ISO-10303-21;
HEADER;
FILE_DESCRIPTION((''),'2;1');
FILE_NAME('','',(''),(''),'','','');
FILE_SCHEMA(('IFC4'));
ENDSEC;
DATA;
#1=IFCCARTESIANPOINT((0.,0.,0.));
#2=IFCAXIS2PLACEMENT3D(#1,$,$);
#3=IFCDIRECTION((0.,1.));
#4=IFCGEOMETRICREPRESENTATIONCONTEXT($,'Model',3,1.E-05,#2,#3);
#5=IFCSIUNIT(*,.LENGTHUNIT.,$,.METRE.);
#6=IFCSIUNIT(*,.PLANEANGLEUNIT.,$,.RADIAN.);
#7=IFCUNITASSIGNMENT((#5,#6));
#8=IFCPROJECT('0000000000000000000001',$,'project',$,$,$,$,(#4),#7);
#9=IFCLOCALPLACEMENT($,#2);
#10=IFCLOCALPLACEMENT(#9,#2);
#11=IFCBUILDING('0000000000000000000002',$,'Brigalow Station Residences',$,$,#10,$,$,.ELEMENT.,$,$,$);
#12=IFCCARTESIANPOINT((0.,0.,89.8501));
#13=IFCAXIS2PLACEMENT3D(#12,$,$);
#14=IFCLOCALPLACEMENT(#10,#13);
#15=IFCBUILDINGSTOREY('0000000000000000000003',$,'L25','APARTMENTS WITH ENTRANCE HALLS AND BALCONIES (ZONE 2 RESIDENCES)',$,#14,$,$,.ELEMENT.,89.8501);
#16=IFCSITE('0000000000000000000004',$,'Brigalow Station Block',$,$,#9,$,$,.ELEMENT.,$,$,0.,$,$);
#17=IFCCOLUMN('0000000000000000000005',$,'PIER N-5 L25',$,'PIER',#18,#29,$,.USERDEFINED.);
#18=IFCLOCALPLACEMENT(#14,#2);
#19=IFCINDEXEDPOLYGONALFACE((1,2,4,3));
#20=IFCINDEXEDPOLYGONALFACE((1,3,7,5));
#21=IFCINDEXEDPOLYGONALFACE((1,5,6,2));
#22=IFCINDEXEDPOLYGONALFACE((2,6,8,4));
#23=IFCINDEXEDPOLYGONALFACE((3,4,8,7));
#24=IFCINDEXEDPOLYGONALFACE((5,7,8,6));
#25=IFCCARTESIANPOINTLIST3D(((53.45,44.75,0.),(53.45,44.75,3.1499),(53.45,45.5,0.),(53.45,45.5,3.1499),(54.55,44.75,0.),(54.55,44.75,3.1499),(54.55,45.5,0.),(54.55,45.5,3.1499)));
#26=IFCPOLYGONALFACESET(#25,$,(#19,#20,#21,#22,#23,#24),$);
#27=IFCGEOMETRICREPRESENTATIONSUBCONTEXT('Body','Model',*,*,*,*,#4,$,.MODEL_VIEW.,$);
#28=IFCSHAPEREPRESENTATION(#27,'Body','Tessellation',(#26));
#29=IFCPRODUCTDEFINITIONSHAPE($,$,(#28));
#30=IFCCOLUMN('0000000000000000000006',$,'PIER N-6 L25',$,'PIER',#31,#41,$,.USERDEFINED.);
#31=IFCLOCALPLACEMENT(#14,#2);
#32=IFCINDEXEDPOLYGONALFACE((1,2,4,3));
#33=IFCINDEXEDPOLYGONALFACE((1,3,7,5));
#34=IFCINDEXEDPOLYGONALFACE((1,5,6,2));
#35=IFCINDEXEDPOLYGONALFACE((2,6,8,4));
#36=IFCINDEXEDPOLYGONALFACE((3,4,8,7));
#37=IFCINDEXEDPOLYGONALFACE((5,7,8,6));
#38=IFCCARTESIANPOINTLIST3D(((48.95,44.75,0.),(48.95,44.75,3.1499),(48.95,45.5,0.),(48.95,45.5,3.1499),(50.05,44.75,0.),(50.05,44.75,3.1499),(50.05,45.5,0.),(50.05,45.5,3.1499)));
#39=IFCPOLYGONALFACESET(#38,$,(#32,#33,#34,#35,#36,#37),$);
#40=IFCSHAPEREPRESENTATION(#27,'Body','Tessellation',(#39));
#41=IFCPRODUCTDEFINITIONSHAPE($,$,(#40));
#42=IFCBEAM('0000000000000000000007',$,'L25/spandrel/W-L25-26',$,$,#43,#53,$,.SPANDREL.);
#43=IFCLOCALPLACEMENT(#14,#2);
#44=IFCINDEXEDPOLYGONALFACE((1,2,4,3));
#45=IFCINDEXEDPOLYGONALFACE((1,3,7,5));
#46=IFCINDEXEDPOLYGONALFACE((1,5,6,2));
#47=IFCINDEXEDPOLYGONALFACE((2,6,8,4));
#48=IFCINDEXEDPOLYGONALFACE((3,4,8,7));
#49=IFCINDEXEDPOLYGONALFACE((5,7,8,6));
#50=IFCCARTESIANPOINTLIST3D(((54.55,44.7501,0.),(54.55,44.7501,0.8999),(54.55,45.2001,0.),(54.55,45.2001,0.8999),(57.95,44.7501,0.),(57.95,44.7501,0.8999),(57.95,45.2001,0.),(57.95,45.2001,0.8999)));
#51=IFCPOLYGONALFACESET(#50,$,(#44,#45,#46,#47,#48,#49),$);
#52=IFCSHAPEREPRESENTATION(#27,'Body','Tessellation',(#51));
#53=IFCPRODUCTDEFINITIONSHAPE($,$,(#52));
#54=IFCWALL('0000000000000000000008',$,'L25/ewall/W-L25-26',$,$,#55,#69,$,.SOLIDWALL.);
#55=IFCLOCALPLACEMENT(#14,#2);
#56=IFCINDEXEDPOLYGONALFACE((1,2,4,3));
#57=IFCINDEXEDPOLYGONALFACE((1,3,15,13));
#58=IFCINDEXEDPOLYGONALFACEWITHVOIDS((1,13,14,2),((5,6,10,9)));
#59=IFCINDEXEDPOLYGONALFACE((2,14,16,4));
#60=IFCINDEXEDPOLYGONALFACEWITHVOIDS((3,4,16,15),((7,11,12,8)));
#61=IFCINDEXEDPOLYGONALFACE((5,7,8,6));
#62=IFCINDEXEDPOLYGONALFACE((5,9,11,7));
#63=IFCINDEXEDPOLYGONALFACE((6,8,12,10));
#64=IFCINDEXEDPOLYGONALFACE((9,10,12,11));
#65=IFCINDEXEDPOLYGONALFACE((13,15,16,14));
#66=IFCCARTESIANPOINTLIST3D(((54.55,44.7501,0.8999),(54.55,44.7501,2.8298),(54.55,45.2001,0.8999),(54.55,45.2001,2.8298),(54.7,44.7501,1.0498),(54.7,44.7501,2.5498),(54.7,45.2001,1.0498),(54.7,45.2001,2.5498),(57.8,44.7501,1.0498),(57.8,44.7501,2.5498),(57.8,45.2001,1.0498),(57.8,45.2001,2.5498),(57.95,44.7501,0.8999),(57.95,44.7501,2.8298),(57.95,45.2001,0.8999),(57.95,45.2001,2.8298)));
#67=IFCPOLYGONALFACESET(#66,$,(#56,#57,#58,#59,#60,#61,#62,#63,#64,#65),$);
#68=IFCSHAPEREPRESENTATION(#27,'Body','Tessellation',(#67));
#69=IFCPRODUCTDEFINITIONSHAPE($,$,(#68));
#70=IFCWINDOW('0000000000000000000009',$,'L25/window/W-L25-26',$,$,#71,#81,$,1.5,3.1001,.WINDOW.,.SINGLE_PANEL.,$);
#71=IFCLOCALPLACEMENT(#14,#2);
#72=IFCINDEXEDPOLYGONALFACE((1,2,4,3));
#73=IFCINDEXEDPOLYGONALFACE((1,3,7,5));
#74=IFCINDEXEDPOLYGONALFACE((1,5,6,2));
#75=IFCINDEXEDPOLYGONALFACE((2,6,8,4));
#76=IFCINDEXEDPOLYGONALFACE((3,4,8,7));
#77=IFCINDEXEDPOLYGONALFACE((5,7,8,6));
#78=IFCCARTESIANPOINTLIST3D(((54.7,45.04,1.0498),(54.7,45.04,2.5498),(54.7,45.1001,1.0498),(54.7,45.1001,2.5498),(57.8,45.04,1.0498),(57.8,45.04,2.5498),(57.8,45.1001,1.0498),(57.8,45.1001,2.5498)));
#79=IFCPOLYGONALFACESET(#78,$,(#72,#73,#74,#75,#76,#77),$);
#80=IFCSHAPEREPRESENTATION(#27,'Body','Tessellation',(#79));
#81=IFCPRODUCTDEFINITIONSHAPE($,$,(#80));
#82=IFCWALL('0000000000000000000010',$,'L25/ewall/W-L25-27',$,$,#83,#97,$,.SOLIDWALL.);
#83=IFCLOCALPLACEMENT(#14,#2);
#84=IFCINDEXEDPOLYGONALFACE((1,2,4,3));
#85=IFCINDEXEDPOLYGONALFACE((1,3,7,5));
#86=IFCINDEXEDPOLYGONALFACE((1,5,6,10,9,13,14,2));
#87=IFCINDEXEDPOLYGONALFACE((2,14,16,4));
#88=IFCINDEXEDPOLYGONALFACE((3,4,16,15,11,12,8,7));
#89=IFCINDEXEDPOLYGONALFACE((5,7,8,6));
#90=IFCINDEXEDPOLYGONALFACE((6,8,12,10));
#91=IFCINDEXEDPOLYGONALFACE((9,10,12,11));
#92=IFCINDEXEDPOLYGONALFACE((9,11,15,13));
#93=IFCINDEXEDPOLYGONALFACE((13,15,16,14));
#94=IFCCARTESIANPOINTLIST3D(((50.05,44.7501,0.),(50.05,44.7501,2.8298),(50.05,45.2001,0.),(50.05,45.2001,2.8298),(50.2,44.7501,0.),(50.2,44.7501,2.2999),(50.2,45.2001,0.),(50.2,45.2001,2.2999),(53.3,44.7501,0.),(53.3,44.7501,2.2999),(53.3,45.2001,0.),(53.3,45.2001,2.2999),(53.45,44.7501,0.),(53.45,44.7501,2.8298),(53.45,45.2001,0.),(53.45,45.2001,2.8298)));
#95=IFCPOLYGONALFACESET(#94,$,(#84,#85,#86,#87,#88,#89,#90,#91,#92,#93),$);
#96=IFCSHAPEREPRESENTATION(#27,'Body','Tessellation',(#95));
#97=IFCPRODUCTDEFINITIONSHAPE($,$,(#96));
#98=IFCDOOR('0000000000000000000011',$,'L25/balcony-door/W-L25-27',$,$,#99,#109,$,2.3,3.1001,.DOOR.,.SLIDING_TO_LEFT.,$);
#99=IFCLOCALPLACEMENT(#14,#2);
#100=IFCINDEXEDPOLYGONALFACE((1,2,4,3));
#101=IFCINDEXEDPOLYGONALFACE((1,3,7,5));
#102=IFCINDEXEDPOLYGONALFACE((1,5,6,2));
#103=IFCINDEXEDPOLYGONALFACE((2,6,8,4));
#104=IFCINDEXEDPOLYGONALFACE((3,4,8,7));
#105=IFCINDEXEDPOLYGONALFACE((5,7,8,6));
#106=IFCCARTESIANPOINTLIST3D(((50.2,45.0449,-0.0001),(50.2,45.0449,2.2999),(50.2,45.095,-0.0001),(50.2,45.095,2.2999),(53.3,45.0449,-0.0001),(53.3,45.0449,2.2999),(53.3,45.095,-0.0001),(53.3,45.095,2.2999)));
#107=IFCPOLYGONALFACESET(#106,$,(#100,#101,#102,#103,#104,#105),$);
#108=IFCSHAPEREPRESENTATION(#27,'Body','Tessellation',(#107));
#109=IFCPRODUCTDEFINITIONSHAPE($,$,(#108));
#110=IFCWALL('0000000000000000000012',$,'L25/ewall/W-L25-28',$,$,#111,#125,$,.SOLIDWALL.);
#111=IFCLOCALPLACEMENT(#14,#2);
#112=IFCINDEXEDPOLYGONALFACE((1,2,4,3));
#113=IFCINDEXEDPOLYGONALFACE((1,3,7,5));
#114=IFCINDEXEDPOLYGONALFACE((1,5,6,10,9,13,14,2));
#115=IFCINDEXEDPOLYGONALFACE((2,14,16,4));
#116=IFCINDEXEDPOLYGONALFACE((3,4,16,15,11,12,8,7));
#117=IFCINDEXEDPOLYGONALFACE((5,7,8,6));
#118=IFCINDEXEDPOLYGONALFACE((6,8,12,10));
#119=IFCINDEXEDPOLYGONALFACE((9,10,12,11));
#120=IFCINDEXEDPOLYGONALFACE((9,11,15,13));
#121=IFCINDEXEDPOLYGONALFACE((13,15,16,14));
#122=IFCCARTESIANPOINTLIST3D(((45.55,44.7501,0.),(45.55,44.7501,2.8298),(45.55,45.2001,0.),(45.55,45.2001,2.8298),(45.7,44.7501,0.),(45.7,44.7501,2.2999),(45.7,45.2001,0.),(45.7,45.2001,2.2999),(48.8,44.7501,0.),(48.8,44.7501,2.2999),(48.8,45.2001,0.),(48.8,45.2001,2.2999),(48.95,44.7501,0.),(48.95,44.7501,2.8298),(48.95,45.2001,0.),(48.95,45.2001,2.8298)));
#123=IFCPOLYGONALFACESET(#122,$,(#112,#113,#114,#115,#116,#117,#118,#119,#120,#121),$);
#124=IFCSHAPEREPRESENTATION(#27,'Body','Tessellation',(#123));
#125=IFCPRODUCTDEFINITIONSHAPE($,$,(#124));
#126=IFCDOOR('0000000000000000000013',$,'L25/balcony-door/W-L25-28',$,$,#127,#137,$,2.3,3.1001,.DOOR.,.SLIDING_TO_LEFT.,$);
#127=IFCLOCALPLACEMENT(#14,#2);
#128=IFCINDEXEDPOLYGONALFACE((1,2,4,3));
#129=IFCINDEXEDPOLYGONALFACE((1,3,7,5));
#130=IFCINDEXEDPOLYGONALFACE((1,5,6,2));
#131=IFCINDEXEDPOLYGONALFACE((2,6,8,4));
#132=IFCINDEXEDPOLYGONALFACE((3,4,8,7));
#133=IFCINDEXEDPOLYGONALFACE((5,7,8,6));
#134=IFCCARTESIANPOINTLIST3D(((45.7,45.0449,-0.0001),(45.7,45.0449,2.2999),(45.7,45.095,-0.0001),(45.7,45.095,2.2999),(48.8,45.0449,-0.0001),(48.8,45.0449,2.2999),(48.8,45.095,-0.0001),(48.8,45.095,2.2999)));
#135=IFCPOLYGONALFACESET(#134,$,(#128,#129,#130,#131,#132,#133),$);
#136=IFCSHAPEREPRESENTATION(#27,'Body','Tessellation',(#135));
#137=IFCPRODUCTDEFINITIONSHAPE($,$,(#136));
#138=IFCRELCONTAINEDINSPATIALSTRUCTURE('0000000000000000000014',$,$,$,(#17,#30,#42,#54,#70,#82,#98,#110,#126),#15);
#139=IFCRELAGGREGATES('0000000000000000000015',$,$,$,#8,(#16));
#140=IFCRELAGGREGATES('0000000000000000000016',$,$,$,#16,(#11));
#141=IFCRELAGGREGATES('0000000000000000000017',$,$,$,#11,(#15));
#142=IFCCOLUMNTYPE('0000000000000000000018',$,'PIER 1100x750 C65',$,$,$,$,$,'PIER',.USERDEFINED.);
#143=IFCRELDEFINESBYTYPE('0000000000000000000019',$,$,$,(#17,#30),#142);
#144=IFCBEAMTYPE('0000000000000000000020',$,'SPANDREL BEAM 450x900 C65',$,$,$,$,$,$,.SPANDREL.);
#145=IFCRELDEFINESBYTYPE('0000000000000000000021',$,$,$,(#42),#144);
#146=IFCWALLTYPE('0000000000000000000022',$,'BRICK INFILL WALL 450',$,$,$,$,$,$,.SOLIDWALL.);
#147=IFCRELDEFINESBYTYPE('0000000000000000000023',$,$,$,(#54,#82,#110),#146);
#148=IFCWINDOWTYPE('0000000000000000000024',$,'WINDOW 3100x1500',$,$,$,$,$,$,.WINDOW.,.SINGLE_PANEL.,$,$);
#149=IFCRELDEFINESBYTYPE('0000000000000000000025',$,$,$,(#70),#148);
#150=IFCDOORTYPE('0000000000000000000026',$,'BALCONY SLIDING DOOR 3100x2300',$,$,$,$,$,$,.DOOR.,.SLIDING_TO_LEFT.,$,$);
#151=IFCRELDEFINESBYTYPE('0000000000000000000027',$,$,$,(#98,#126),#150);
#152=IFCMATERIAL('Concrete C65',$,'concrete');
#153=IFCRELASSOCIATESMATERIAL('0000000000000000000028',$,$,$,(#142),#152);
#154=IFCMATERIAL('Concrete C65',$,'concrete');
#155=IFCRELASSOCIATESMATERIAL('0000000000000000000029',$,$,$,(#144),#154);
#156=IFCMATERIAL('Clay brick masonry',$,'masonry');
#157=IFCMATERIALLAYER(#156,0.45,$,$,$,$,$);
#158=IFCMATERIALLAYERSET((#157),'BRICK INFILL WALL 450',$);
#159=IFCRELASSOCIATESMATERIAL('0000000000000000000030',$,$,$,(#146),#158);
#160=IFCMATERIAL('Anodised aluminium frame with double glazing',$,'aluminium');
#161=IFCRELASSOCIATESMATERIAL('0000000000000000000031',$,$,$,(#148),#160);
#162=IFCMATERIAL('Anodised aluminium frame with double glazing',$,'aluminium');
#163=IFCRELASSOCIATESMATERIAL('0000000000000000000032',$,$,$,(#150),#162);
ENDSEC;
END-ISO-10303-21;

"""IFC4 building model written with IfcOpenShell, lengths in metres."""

from ifc_helpers import new_model, si_unit, direction, frame, frame_2d, origin, origin_2d, place, context, subcontext, project, spatial, rectangle, extrude, material, layer, layer_set, material_profile, profile_set, type_object, element, fill, save


model = new_model("IFC4")

# Units and contexts
model_context = context("Model", 3, precision=1e-05, world=origin(), true_north=direction((0.0, 1.0)))
body_context = subcontext(model_context, "Body", "Model", "MODEL_VIEW")
ifc_project = project(units=[si_unit("LENGTHUNIT", "METRE"), si_unit("PLANEANGLEUNIT", "RADIAN")], contexts=[model_context])

# Site, building, storey
site_placement = place(None, origin())
site = spatial("IfcSite", under=ifc_project, at=site_placement, Name="Brigalow Station Block", CompositionType="ELEMENT", RefElevation=0.0)
building_placement = place(site_placement, origin())
building = spatial("IfcBuilding", under=site, at=building_placement, Name="Brigalow Station Residences", CompositionType="ELEMENT")
storey_placement = place(building_placement, frame((0.0, 0.0, 89.8501)))
storey = spatial("IfcBuildingStorey", under=building, at=storey_placement, Name="L25", Description="APARTMENTS WITH ENTRANCE HALLS AND BALCONIES (ZONE 2 RESIDENCES)", CompositionType="ELEMENT", Elevation=89.8501)

# Columns
ifc_material_1 = material(Name="Concrete C65", Category="concrete")
ifc_material_profile_1 = material_profile(ifc_material_1, rectangle(XDim=1.1001, YDim=0.75, at=origin_2d()), Name="RC1100x750")
ifc_profile_set_1 = profile_set([ifc_material_profile_1], Name="Concrete C65")
column_type = type_object("IfcColumnType", Name="PIER 1100x750 C65", ElementType="PIER", PredefinedType="USERDEFINED", material=ifc_profile_set_1)
for number, where, z_axis, x_axis, name in (
    (1, (54.0, 45.125, 0.0), (0.0, 0.0, 1.0), (-1.0, 0.0, 0.0), "PIER N-5 L25"),
    (2, (49.5, 45.125, 0.0), (0.0, 0.0, 1.0), (-1.0, 0.0, 0.0), "PIER N-6 L25"),
):
    element("IfcColumn", number, at=place(storey_placement, frame(where, z_axis=z_axis, x_axis=x_axis)), inside=storey, type_object=column_type, Name=name, ObjectType="PIER", PredefinedType="USERDEFINED", context=body_context, shape_type="SweptSolid", body=[
        extrude(rectangle(XDim=1.1001, YDim=0.75, at=origin_2d()), origin(), (0.0, 0.0, 1.0), 3.1499),
    ])

# Beam
ifc_material_2 = material(Name="Concrete C65", Category="concrete")
ifc_material_profile_2 = material_profile(ifc_material_2, rectangle(XDim=0.45, YDim=0.8999, at=origin_2d()), Name="RC450x900")
ifc_profile_set_2 = profile_set([ifc_material_profile_2], Name="Concrete C65")
beam_type = type_object("IfcBeamType", Name="SPANDREL BEAM 450x900 C65", PredefinedType="SPANDREL", material=ifc_profile_set_2)
beam_placement = place(storey_placement, frame((57.95, 44.9751, 0.45), z_axis=(-1.0, 0.0, 0.0), x_axis=(0.0, -1.0, 0.0)))
element("IfcBeam", 3, at=beam_placement, inside=storey, type_object=beam_type, Name="L25/spandrel/W-L25-26", PredefinedType="SPANDREL", context=body_context, shape_type="SweptSolid", body=[
    extrude(rectangle(XDim=0.45, YDim=0.8999, at=origin_2d()), origin(), (0.0, 0.0, 1.0), 3.3999),
])

# Wall, opening, window
ifc_material_3 = material(Name="Clay brick masonry", Category="masonry")
ifc_layer_1 = layer(ifc_material_3, 0.45)
ifc_layer_set_1 = layer_set([ifc_layer_1], Name="BRICK INFILL WALL 450")
wall_type_1 = type_object("IfcWallType", Name="BRICK INFILL WALL 450", PredefinedType="SOLIDWALL", material=ifc_layer_set_1)
wall_1_placement = place(storey_placement, frame((57.95, 44.9751, 0.8999), z_axis=(0.0, 0.0, 1.0), x_axis=(-1.0, 0.0, 0.0)))
wall_1 = element("IfcWall", 4, at=wall_1_placement, inside=storey, type_object=wall_type_1, Name="L25/ewall/W-L25-26", PredefinedType="SOLIDWALL", context=body_context, shape_type="SweptSolid", body=[
    extrude(rectangle(XDim=3.3999, YDim=0.45, at=frame_2d((1.7, 0.0))), origin(), (0.0, 0.0, 1.0), 1.9299),
])
opening_1_placement = place(wall_1_placement, frame((0.1499, 0.0, 0.1499)))
opening_1 = element("IfcOpeningElement", 5, at=opening_1_placement, cuts=wall_1, PredefinedType="OPENING", context=body_context, shape_type="SweptSolid", body=[
    extrude(rectangle(XDim=3.1001, YDim=1.5, at=frame_2d((1.55, 0.75))), frame((0.0, 0.2349, 0.0), z_axis=(0.0, -1.0, 0.0), x_axis=(1.0, 0.0, 0.0)), (0.0, 0.0, 1.0), 0.47),
])
ifc_material_4 = material(Name="Anodised aluminium frame with double glazing", Category="aluminium")
window_type = type_object("IfcWindowType", Name="WINDOW 3100x1500", PartitioningType="SINGLE_PANEL", PredefinedType="WINDOW", material=ifc_material_4)
window_placement = place(opening_1_placement, origin())
window = element("IfcWindow", 6, at=window_placement, inside=storey, type_object=window_type, Name="L25/window/W-L25-26", OverallHeight=1.5, OverallWidth=3.1001, PartitioningType="SINGLE_PANEL", PredefinedType="WINDOW", context=body_context, shape_type="SweptSolid", body=[
    extrude(rectangle(XDim=3.1001, YDim=1.5, at=frame_2d((1.55, 0.75))), frame((0.0, -0.0649, 0.0), z_axis=(0.0, -1.0, 0.0), x_axis=(1.0, 0.0, 0.0)), (0.0, 0.0, 1.0), 0.0601),
])
fill(opening_1, window)

# Walls, openings, doors
wall_2_placement = place(storey_placement, frame((53.45, 44.9751, 0.0), z_axis=(0.0, 0.0, 1.0), x_axis=(-1.0, 0.0, 0.0)))
wall_2 = element("IfcWall", 7, at=wall_2_placement, inside=storey, type_object=wall_type_1, Name="L25/ewall/W-L25-27", PredefinedType="SOLIDWALL", context=body_context, shape_type="SweptSolid", body=[
    extrude(rectangle(XDim=3.3999, YDim=0.45, at=frame_2d((1.7, 0.0))), origin(), (0.0, 0.0, 1.0), 2.8298),
])
opening_2_placement = place(wall_2_placement, frame((0.1499, 0.0, 0.0)))
opening_2 = element("IfcOpeningElement", 8, at=opening_2_placement, cuts=wall_2, PredefinedType="OPENING", context=body_context, shape_type="SweptSolid", body=[
    extrude(rectangle(XDim=3.1001, YDim=2.3, at=frame_2d((1.55, 1.1499))), frame((0.0, 0.2349, 0.0), z_axis=(0.0, -1.0, 0.0), x_axis=(1.0, 0.0, 0.0)), (0.0, 0.0, 1.0), 0.47),
])
ifc_material_5 = material(Name="Anodised aluminium frame with double glazing", Category="aluminium")
door_type_1 = type_object("IfcDoorType", Name="BALCONY SLIDING DOOR 3100x2300", OperationType="SLIDING_TO_LEFT", PredefinedType="DOOR", material=ifc_material_5)
door_1_placement = place(opening_2_placement, origin())
door_1 = element("IfcDoor", 9, at=door_1_placement, inside=storey, type_object=door_type_1, Name="L25/balcony-door/W-L25-27", OperationType="SLIDING_TO_LEFT", OverallHeight=2.3, OverallWidth=3.1001, PredefinedType="DOOR", context=body_context, shape_type="SweptSolid", body=[
    extrude(rectangle(XDim=3.1001, YDim=2.3, at=frame_2d((1.55, 1.1499))), frame((0.0, -0.0698, 0.0), z_axis=(0.0, -1.0, 0.0), x_axis=(1.0, 0.0, 0.0)), (0.0, 0.0, 1.0), 0.05),
])
fill(opening_2, door_1)
wall_3_placement = place(storey_placement, frame((48.95, 44.9751, 0.0), z_axis=(0.0, 0.0, 1.0), x_axis=(-1.0, 0.0, 0.0)))
wall_3 = element("IfcWall", 10, at=wall_3_placement, inside=storey, type_object=wall_type_1, Name="L25/ewall/W-L25-28", PredefinedType="SOLIDWALL", context=body_context, shape_type="SweptSolid", body=[
    extrude(rectangle(XDim=3.3999, YDim=0.45, at=frame_2d((1.7, 0.0))), origin(), (0.0, 0.0, 1.0), 2.8298),
])
opening_3_placement = place(wall_3_placement, frame((0.1499, 0.0, 0.0)))
opening_3 = element("IfcOpeningElement", 11, at=opening_3_placement, cuts=wall_3, PredefinedType="OPENING", context=body_context, shape_type="SweptSolid", body=[
    extrude(rectangle(XDim=3.1001, YDim=2.3, at=frame_2d((1.55, 1.1499))), frame((0.0, 0.2349, 0.0), z_axis=(0.0, -1.0, 0.0), x_axis=(1.0, 0.0, 0.0)), (0.0, 0.0, 1.0), 0.47),
])
door_2_placement = place(opening_3_placement, origin())
door_2 = element("IfcDoor", 12, at=door_2_placement, inside=storey, type_object=door_type_1, Name="L25/balcony-door/W-L25-28", OperationType="SLIDING_TO_LEFT", OverallHeight=2.3, OverallWidth=3.1001, PredefinedType="DOOR", context=body_context, shape_type="SweptSolid", body=[
    extrude(rectangle(XDim=3.1001, YDim=2.3, at=frame_2d((1.55, 1.1499))), frame((0.0, -0.0698, 0.0), z_axis=(0.0, -1.0, 0.0), x_axis=(1.0, 0.0, 0.0)), (0.0, 0.0, 1.0), 0.05),
])
fill(opening_3, door_2)

save(model, "model.ifc")
